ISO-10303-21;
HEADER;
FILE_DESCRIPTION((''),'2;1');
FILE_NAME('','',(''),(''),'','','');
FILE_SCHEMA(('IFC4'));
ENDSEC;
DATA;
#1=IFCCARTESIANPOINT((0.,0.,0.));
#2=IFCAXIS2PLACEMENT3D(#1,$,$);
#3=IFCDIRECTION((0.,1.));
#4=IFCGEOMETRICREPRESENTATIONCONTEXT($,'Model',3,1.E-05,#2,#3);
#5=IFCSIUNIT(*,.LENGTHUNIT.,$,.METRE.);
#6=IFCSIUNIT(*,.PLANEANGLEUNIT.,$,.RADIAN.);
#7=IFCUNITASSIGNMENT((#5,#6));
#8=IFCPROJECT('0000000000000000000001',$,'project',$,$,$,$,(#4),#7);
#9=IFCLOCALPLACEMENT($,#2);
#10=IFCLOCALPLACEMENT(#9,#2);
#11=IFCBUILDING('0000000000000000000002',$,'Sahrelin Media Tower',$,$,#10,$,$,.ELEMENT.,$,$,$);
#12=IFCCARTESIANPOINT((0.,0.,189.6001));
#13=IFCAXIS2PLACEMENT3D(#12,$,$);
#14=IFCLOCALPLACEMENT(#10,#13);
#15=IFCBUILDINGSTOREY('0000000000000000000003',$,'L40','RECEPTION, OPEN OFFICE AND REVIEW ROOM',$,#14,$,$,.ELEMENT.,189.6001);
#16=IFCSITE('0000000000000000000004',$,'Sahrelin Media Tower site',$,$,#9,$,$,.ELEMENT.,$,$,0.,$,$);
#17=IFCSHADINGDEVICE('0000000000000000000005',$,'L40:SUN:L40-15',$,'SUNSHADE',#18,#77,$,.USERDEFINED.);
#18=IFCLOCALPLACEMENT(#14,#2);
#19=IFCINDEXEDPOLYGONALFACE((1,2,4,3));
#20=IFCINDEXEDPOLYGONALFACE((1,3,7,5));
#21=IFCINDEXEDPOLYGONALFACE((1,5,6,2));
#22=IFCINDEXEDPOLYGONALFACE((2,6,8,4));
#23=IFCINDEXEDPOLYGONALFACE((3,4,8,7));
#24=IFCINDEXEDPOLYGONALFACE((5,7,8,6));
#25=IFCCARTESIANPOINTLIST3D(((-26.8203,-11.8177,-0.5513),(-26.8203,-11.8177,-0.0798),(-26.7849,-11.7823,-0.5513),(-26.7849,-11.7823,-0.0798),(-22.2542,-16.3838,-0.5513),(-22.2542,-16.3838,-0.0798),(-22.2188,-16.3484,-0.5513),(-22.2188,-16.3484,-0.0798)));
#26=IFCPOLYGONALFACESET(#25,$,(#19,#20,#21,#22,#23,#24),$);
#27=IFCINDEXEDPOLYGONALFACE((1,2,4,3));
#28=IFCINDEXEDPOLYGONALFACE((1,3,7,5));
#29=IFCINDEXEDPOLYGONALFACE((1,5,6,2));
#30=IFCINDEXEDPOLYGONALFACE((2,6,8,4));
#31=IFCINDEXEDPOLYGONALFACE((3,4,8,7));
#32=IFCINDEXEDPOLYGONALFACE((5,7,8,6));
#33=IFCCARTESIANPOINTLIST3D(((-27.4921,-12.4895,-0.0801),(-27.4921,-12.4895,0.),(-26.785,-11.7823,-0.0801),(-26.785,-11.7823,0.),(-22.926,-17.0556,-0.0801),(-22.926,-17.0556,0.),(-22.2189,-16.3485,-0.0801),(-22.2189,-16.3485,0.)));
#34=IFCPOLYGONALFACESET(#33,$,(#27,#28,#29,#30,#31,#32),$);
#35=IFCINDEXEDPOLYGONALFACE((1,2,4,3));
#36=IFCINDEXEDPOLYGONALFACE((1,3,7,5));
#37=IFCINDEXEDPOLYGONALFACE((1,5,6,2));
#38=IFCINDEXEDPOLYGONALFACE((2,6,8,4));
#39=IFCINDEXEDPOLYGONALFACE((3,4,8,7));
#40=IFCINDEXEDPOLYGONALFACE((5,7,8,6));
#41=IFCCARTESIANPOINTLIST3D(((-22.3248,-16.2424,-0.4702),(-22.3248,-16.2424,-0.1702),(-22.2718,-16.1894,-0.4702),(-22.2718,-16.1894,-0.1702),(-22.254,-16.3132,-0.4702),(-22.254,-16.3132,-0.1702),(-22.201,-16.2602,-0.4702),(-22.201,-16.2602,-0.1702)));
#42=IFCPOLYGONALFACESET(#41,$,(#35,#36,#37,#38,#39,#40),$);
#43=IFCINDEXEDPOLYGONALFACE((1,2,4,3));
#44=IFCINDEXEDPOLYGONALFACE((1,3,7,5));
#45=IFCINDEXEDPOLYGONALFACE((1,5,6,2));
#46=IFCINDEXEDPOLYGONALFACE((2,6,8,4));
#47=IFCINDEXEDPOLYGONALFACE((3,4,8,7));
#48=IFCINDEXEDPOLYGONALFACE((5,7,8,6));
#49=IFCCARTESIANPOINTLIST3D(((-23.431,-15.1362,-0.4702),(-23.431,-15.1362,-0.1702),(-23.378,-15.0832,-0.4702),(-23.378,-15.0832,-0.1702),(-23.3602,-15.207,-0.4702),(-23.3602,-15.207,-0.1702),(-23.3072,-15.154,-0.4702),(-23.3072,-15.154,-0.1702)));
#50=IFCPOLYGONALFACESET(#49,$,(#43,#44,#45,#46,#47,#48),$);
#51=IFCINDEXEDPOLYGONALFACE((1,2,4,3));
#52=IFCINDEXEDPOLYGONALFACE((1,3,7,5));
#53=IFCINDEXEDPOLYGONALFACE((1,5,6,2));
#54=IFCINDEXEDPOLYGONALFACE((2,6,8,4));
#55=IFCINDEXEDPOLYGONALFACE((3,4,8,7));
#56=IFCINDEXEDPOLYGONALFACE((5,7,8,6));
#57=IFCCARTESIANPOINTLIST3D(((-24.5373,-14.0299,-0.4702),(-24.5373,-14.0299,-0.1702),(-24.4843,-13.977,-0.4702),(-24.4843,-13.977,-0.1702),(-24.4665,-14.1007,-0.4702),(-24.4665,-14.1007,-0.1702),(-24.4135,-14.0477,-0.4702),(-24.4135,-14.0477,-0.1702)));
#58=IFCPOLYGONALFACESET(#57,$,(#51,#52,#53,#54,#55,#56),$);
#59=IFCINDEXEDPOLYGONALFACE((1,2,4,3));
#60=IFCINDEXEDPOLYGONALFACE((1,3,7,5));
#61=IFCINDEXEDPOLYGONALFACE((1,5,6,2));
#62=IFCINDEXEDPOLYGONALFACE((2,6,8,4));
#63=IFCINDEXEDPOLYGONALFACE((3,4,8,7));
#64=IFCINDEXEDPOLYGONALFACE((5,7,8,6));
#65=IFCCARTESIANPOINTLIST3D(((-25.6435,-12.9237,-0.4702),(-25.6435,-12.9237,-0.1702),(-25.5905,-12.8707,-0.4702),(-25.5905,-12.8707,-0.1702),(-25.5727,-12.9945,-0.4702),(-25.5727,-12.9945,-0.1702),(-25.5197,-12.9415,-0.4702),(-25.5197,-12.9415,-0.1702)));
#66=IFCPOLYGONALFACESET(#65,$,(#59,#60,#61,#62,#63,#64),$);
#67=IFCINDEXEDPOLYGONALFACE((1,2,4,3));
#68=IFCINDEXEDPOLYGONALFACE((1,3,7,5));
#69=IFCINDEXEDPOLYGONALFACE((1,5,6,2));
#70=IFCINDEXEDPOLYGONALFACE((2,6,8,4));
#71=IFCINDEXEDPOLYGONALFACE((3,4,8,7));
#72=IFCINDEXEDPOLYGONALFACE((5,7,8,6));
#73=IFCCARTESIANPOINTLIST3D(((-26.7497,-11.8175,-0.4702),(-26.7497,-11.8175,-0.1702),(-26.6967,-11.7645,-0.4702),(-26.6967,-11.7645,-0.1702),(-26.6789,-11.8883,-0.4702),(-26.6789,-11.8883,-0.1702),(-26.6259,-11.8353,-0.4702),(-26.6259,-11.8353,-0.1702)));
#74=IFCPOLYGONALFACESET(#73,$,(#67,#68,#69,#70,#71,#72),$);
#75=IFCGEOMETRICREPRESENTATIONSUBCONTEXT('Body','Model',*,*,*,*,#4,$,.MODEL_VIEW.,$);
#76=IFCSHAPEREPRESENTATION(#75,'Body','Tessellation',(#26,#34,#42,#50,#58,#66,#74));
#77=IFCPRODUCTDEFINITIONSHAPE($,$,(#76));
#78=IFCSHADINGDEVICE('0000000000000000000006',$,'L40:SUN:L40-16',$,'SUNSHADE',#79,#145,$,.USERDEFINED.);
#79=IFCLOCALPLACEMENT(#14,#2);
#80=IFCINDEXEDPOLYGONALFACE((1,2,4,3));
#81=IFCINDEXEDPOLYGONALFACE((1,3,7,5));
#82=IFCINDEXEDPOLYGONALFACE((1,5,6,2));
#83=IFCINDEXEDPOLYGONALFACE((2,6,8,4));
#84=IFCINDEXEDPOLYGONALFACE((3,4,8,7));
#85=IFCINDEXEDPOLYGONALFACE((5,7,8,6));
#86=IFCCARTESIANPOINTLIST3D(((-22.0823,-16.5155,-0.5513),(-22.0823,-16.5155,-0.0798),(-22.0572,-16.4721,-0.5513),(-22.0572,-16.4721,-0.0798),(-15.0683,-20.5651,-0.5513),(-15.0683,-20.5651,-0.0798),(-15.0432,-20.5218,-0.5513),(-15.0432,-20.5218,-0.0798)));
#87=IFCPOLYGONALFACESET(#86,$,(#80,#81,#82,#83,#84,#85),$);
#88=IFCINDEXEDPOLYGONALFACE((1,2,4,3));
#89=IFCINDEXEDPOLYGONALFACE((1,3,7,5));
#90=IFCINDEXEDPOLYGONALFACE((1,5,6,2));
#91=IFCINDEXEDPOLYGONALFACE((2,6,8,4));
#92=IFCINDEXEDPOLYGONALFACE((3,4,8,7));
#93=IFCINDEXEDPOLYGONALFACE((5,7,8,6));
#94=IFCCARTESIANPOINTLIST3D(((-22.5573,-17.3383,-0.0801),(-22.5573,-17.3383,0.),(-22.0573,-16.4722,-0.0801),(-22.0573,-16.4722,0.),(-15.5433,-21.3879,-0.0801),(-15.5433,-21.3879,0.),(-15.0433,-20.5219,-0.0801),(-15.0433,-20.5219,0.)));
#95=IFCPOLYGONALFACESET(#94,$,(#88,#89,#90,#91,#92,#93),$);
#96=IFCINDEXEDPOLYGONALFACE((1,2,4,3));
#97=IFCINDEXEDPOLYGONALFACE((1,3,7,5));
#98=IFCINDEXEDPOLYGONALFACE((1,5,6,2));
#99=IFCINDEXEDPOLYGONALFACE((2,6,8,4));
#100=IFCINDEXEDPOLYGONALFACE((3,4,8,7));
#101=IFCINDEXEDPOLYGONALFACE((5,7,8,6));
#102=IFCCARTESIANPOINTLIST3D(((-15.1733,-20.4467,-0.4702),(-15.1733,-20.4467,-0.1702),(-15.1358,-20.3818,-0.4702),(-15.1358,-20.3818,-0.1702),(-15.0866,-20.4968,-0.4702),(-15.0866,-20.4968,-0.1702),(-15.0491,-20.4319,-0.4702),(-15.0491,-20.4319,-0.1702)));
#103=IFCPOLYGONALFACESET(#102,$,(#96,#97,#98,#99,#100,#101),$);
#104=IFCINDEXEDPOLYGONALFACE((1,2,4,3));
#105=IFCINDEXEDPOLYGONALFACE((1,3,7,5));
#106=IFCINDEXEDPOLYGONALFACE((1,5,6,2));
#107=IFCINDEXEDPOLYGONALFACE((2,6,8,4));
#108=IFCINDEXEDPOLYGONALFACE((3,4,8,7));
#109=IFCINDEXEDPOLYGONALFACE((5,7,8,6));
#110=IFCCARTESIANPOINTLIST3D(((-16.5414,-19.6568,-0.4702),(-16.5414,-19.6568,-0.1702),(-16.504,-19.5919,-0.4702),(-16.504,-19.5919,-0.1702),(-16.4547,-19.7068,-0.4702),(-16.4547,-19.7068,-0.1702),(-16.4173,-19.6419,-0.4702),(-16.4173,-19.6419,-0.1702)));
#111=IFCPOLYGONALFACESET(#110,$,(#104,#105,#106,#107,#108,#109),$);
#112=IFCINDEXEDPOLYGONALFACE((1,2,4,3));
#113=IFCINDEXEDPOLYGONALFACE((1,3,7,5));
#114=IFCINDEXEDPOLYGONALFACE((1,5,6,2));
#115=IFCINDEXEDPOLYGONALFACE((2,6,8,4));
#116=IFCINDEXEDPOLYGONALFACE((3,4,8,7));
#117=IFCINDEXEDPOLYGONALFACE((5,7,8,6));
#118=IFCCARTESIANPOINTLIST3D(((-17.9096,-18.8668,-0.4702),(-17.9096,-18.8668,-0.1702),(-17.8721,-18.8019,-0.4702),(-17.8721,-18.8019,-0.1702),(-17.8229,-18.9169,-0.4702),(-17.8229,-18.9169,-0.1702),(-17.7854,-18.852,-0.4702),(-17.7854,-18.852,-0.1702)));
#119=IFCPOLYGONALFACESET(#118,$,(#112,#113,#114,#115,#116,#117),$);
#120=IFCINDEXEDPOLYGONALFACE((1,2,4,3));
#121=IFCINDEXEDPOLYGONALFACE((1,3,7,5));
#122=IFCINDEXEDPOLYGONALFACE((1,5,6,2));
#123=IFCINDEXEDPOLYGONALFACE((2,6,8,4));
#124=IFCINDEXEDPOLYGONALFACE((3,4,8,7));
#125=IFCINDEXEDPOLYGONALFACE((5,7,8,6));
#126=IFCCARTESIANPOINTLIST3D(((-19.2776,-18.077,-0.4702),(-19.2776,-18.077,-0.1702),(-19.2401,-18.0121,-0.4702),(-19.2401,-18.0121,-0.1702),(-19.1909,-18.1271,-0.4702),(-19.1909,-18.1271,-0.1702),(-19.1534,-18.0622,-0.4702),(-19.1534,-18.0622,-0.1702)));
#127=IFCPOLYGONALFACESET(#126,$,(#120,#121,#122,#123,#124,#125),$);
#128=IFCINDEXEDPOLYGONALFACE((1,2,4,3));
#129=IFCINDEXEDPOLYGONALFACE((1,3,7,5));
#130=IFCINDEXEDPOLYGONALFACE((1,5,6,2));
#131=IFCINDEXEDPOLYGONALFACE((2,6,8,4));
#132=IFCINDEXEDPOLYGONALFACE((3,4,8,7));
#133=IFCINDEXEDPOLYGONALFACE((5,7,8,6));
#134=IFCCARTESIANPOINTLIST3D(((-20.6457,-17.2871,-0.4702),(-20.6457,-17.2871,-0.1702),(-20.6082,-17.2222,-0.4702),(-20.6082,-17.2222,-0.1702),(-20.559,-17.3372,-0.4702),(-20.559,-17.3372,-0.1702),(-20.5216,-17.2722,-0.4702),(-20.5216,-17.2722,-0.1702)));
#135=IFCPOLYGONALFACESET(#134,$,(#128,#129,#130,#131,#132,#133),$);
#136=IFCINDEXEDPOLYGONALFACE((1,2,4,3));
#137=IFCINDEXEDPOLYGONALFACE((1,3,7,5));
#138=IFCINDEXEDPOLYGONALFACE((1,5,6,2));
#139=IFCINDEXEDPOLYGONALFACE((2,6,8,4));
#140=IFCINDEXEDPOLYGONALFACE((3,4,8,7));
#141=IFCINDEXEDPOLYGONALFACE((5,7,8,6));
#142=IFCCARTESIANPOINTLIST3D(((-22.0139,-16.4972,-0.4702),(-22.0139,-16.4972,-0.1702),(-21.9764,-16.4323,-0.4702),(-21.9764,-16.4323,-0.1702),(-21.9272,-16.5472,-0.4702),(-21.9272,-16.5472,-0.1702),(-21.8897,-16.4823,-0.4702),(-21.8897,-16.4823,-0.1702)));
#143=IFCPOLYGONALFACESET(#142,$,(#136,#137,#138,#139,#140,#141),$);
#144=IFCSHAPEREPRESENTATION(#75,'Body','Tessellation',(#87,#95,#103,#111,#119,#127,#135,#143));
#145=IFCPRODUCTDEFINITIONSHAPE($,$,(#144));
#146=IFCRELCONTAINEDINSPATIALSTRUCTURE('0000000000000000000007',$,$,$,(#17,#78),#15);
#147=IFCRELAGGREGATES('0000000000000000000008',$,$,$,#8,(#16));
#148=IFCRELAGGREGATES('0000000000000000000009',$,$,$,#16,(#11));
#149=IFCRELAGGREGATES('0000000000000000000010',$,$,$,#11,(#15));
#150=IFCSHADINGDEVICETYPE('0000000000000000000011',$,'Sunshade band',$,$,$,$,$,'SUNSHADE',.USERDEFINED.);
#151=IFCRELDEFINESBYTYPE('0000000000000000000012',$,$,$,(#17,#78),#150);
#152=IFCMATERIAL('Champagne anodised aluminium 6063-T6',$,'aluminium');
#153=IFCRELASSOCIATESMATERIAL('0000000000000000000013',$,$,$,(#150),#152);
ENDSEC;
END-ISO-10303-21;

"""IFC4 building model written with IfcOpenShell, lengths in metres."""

from ifc_helpers import new_model, si_unit, direction, frame, origin, origin_2d, place, context, subcontext, project, spatial, rectangle, extrude, material, type_object, element, save


model = new_model("IFC4")

# Units and contexts
model_context = context("Model", 3, precision=1e-05, world=origin(), true_north=direction((0.0, 1.0)))
body_context = subcontext(model_context, "Body", "Model", "MODEL_VIEW")
ifc_project = project(units=[si_unit("LENGTHUNIT", "METRE"), si_unit("PLANEANGLEUNIT", "RADIAN")], contexts=[model_context])

# Site, building, storey
site_placement = place(None, origin())
site = spatial("IfcSite", under=ifc_project, at=site_placement, Name="Sahrelin Media Tower site", CompositionType="ELEMENT", RefElevation=0.0)
building_placement = place(site_placement, origin())
building = spatial("IfcBuilding", under=site, at=building_placement, Name="Sahrelin Media Tower", CompositionType="ELEMENT")
storey_placement = place(building_placement, frame((0.0, 0.0, 189.6001)))
storey = spatial("IfcBuildingStorey", under=building, at=storey_placement, Name="L40", Description="RECEPTION, OPEN OFFICE AND REVIEW ROOM", CompositionType="ELEMENT", Elevation=189.6001)

# Shared definitions
ifc_material_1 = material(Name="Champagne anodised aluminium 6063-T6", Category="aluminium")

# Shading devices
placement_1 = place(storey_placement, frame((-24.4878, -14.0513, 0.0), z_axis=(0.0, 0.0, 1.0), x_axis=(-0.707107, 0.707107, 0.0)))
placement_2 = place(storey_placement, frame((-18.5403, -18.4797, 0.0), z_axis=(0.0, 0.0, 1.0), x_axis=(-0.866019, 0.500011, 0.0)))
shading_device_type_1 = type_object("IfcShadingDeviceType", Name="Sunshade band", ElementType="SUNSHADE", PredefinedType="USERDEFINED", material=ifc_material_1)
element("IfcShadingDevice", 1, at=placement_1, inside=storey, type_object=shading_device_type_1, Name="L40:SUN:L40-15", ObjectType="SUNSHADE", PredefinedType="USERDEFINED", context=body_context, shape_type="SweptSolid", body=[
    extrude(rectangle(XDim=6.4575, YDim=0.05, at=origin_2d()), frame((0.0, 0.0449, -0.5513)), (0.0, 0.0, 1.0), 0.4714),
    extrude(rectangle(XDim=6.4575, YDim=1.0, at=origin_2d()), frame((0.0, 0.52, -0.0801)), (0.0, 0.0, 1.0), 0.0801),
    extrude(rectangle(XDim=0.1001, YDim=0.075, at=origin_2d()), frame((-3.1289, -0.0176, -0.4702)), (0.0, 0.0, 1.0), 0.3),
    extrude(rectangle(XDim=0.1001, YDim=0.075, at=origin_2d()), frame((-1.5645, -0.0176, -0.4702)), (0.0, 0.0, 1.0), 0.3),
    extrude(rectangle(XDim=0.1001, YDim=0.075, at=origin_2d()), frame((0.0, -0.0176, -0.4702)), (0.0, 0.0, 1.0), 0.3),
    extrude(rectangle(XDim=0.1001, YDim=0.075, at=origin_2d()), frame((1.5645, -0.0176, -0.4702)), (0.0, 0.0, 1.0), 0.3),
    extrude(rectangle(XDim=0.1001, YDim=0.075, at=origin_2d()), frame((3.1289, -0.0176, -0.4702)), (0.0, 0.0, 1.0), 0.3),
])
element("IfcShadingDevice", 2, at=placement_2, inside=storey, type_object=shading_device_type_1, Name="L40:SUN:L40-16", ObjectType="SUNSHADE", PredefinedType="USERDEFINED", context=body_context, shape_type="SweptSolid", body=[
    extrude(rectangle(XDim=8.0991, YDim=0.05, at=origin_2d()), frame((0.0, 0.0449, -0.5513)), (0.0, 0.0, 1.0), 0.4714),
    extrude(rectangle(XDim=8.0991, YDim=1.0, at=origin_2d()), frame((0.0, 0.52, -0.0801)), (0.0, 0.0, 1.0), 0.0801),
    extrude(rectangle(XDim=0.1001, YDim=0.075, at=origin_2d()), frame((-3.9495, -0.0176, -0.4702)), (0.0, 0.0, 1.0), 0.3),
    extrude(rectangle(XDim=0.1001, YDim=0.075, at=origin_2d()), frame((-2.3696, -0.0176, -0.4702)), (0.0, 0.0, 1.0), 0.3),
    extrude(rectangle(XDim=0.1001, YDim=0.075, at=origin_2d()), frame((-0.7898, -0.0176, -0.4702)), (0.0, 0.0, 1.0), 0.3),
    extrude(rectangle(XDim=0.1001, YDim=0.075, at=origin_2d()), frame((0.7898, -0.0176, -0.4702)), (0.0, 0.0, 1.0), 0.3),
    extrude(rectangle(XDim=0.1001, YDim=0.075, at=origin_2d()), frame((2.3696, -0.0176, -0.4702)), (0.0, 0.0, 1.0), 0.3),
    extrude(rectangle(XDim=0.1001, YDim=0.075, at=origin_2d()), frame((3.9495, -0.0176, -0.4702)), (0.0, 0.0, 1.0), 0.3),
])

save(model, "model.ifc")
